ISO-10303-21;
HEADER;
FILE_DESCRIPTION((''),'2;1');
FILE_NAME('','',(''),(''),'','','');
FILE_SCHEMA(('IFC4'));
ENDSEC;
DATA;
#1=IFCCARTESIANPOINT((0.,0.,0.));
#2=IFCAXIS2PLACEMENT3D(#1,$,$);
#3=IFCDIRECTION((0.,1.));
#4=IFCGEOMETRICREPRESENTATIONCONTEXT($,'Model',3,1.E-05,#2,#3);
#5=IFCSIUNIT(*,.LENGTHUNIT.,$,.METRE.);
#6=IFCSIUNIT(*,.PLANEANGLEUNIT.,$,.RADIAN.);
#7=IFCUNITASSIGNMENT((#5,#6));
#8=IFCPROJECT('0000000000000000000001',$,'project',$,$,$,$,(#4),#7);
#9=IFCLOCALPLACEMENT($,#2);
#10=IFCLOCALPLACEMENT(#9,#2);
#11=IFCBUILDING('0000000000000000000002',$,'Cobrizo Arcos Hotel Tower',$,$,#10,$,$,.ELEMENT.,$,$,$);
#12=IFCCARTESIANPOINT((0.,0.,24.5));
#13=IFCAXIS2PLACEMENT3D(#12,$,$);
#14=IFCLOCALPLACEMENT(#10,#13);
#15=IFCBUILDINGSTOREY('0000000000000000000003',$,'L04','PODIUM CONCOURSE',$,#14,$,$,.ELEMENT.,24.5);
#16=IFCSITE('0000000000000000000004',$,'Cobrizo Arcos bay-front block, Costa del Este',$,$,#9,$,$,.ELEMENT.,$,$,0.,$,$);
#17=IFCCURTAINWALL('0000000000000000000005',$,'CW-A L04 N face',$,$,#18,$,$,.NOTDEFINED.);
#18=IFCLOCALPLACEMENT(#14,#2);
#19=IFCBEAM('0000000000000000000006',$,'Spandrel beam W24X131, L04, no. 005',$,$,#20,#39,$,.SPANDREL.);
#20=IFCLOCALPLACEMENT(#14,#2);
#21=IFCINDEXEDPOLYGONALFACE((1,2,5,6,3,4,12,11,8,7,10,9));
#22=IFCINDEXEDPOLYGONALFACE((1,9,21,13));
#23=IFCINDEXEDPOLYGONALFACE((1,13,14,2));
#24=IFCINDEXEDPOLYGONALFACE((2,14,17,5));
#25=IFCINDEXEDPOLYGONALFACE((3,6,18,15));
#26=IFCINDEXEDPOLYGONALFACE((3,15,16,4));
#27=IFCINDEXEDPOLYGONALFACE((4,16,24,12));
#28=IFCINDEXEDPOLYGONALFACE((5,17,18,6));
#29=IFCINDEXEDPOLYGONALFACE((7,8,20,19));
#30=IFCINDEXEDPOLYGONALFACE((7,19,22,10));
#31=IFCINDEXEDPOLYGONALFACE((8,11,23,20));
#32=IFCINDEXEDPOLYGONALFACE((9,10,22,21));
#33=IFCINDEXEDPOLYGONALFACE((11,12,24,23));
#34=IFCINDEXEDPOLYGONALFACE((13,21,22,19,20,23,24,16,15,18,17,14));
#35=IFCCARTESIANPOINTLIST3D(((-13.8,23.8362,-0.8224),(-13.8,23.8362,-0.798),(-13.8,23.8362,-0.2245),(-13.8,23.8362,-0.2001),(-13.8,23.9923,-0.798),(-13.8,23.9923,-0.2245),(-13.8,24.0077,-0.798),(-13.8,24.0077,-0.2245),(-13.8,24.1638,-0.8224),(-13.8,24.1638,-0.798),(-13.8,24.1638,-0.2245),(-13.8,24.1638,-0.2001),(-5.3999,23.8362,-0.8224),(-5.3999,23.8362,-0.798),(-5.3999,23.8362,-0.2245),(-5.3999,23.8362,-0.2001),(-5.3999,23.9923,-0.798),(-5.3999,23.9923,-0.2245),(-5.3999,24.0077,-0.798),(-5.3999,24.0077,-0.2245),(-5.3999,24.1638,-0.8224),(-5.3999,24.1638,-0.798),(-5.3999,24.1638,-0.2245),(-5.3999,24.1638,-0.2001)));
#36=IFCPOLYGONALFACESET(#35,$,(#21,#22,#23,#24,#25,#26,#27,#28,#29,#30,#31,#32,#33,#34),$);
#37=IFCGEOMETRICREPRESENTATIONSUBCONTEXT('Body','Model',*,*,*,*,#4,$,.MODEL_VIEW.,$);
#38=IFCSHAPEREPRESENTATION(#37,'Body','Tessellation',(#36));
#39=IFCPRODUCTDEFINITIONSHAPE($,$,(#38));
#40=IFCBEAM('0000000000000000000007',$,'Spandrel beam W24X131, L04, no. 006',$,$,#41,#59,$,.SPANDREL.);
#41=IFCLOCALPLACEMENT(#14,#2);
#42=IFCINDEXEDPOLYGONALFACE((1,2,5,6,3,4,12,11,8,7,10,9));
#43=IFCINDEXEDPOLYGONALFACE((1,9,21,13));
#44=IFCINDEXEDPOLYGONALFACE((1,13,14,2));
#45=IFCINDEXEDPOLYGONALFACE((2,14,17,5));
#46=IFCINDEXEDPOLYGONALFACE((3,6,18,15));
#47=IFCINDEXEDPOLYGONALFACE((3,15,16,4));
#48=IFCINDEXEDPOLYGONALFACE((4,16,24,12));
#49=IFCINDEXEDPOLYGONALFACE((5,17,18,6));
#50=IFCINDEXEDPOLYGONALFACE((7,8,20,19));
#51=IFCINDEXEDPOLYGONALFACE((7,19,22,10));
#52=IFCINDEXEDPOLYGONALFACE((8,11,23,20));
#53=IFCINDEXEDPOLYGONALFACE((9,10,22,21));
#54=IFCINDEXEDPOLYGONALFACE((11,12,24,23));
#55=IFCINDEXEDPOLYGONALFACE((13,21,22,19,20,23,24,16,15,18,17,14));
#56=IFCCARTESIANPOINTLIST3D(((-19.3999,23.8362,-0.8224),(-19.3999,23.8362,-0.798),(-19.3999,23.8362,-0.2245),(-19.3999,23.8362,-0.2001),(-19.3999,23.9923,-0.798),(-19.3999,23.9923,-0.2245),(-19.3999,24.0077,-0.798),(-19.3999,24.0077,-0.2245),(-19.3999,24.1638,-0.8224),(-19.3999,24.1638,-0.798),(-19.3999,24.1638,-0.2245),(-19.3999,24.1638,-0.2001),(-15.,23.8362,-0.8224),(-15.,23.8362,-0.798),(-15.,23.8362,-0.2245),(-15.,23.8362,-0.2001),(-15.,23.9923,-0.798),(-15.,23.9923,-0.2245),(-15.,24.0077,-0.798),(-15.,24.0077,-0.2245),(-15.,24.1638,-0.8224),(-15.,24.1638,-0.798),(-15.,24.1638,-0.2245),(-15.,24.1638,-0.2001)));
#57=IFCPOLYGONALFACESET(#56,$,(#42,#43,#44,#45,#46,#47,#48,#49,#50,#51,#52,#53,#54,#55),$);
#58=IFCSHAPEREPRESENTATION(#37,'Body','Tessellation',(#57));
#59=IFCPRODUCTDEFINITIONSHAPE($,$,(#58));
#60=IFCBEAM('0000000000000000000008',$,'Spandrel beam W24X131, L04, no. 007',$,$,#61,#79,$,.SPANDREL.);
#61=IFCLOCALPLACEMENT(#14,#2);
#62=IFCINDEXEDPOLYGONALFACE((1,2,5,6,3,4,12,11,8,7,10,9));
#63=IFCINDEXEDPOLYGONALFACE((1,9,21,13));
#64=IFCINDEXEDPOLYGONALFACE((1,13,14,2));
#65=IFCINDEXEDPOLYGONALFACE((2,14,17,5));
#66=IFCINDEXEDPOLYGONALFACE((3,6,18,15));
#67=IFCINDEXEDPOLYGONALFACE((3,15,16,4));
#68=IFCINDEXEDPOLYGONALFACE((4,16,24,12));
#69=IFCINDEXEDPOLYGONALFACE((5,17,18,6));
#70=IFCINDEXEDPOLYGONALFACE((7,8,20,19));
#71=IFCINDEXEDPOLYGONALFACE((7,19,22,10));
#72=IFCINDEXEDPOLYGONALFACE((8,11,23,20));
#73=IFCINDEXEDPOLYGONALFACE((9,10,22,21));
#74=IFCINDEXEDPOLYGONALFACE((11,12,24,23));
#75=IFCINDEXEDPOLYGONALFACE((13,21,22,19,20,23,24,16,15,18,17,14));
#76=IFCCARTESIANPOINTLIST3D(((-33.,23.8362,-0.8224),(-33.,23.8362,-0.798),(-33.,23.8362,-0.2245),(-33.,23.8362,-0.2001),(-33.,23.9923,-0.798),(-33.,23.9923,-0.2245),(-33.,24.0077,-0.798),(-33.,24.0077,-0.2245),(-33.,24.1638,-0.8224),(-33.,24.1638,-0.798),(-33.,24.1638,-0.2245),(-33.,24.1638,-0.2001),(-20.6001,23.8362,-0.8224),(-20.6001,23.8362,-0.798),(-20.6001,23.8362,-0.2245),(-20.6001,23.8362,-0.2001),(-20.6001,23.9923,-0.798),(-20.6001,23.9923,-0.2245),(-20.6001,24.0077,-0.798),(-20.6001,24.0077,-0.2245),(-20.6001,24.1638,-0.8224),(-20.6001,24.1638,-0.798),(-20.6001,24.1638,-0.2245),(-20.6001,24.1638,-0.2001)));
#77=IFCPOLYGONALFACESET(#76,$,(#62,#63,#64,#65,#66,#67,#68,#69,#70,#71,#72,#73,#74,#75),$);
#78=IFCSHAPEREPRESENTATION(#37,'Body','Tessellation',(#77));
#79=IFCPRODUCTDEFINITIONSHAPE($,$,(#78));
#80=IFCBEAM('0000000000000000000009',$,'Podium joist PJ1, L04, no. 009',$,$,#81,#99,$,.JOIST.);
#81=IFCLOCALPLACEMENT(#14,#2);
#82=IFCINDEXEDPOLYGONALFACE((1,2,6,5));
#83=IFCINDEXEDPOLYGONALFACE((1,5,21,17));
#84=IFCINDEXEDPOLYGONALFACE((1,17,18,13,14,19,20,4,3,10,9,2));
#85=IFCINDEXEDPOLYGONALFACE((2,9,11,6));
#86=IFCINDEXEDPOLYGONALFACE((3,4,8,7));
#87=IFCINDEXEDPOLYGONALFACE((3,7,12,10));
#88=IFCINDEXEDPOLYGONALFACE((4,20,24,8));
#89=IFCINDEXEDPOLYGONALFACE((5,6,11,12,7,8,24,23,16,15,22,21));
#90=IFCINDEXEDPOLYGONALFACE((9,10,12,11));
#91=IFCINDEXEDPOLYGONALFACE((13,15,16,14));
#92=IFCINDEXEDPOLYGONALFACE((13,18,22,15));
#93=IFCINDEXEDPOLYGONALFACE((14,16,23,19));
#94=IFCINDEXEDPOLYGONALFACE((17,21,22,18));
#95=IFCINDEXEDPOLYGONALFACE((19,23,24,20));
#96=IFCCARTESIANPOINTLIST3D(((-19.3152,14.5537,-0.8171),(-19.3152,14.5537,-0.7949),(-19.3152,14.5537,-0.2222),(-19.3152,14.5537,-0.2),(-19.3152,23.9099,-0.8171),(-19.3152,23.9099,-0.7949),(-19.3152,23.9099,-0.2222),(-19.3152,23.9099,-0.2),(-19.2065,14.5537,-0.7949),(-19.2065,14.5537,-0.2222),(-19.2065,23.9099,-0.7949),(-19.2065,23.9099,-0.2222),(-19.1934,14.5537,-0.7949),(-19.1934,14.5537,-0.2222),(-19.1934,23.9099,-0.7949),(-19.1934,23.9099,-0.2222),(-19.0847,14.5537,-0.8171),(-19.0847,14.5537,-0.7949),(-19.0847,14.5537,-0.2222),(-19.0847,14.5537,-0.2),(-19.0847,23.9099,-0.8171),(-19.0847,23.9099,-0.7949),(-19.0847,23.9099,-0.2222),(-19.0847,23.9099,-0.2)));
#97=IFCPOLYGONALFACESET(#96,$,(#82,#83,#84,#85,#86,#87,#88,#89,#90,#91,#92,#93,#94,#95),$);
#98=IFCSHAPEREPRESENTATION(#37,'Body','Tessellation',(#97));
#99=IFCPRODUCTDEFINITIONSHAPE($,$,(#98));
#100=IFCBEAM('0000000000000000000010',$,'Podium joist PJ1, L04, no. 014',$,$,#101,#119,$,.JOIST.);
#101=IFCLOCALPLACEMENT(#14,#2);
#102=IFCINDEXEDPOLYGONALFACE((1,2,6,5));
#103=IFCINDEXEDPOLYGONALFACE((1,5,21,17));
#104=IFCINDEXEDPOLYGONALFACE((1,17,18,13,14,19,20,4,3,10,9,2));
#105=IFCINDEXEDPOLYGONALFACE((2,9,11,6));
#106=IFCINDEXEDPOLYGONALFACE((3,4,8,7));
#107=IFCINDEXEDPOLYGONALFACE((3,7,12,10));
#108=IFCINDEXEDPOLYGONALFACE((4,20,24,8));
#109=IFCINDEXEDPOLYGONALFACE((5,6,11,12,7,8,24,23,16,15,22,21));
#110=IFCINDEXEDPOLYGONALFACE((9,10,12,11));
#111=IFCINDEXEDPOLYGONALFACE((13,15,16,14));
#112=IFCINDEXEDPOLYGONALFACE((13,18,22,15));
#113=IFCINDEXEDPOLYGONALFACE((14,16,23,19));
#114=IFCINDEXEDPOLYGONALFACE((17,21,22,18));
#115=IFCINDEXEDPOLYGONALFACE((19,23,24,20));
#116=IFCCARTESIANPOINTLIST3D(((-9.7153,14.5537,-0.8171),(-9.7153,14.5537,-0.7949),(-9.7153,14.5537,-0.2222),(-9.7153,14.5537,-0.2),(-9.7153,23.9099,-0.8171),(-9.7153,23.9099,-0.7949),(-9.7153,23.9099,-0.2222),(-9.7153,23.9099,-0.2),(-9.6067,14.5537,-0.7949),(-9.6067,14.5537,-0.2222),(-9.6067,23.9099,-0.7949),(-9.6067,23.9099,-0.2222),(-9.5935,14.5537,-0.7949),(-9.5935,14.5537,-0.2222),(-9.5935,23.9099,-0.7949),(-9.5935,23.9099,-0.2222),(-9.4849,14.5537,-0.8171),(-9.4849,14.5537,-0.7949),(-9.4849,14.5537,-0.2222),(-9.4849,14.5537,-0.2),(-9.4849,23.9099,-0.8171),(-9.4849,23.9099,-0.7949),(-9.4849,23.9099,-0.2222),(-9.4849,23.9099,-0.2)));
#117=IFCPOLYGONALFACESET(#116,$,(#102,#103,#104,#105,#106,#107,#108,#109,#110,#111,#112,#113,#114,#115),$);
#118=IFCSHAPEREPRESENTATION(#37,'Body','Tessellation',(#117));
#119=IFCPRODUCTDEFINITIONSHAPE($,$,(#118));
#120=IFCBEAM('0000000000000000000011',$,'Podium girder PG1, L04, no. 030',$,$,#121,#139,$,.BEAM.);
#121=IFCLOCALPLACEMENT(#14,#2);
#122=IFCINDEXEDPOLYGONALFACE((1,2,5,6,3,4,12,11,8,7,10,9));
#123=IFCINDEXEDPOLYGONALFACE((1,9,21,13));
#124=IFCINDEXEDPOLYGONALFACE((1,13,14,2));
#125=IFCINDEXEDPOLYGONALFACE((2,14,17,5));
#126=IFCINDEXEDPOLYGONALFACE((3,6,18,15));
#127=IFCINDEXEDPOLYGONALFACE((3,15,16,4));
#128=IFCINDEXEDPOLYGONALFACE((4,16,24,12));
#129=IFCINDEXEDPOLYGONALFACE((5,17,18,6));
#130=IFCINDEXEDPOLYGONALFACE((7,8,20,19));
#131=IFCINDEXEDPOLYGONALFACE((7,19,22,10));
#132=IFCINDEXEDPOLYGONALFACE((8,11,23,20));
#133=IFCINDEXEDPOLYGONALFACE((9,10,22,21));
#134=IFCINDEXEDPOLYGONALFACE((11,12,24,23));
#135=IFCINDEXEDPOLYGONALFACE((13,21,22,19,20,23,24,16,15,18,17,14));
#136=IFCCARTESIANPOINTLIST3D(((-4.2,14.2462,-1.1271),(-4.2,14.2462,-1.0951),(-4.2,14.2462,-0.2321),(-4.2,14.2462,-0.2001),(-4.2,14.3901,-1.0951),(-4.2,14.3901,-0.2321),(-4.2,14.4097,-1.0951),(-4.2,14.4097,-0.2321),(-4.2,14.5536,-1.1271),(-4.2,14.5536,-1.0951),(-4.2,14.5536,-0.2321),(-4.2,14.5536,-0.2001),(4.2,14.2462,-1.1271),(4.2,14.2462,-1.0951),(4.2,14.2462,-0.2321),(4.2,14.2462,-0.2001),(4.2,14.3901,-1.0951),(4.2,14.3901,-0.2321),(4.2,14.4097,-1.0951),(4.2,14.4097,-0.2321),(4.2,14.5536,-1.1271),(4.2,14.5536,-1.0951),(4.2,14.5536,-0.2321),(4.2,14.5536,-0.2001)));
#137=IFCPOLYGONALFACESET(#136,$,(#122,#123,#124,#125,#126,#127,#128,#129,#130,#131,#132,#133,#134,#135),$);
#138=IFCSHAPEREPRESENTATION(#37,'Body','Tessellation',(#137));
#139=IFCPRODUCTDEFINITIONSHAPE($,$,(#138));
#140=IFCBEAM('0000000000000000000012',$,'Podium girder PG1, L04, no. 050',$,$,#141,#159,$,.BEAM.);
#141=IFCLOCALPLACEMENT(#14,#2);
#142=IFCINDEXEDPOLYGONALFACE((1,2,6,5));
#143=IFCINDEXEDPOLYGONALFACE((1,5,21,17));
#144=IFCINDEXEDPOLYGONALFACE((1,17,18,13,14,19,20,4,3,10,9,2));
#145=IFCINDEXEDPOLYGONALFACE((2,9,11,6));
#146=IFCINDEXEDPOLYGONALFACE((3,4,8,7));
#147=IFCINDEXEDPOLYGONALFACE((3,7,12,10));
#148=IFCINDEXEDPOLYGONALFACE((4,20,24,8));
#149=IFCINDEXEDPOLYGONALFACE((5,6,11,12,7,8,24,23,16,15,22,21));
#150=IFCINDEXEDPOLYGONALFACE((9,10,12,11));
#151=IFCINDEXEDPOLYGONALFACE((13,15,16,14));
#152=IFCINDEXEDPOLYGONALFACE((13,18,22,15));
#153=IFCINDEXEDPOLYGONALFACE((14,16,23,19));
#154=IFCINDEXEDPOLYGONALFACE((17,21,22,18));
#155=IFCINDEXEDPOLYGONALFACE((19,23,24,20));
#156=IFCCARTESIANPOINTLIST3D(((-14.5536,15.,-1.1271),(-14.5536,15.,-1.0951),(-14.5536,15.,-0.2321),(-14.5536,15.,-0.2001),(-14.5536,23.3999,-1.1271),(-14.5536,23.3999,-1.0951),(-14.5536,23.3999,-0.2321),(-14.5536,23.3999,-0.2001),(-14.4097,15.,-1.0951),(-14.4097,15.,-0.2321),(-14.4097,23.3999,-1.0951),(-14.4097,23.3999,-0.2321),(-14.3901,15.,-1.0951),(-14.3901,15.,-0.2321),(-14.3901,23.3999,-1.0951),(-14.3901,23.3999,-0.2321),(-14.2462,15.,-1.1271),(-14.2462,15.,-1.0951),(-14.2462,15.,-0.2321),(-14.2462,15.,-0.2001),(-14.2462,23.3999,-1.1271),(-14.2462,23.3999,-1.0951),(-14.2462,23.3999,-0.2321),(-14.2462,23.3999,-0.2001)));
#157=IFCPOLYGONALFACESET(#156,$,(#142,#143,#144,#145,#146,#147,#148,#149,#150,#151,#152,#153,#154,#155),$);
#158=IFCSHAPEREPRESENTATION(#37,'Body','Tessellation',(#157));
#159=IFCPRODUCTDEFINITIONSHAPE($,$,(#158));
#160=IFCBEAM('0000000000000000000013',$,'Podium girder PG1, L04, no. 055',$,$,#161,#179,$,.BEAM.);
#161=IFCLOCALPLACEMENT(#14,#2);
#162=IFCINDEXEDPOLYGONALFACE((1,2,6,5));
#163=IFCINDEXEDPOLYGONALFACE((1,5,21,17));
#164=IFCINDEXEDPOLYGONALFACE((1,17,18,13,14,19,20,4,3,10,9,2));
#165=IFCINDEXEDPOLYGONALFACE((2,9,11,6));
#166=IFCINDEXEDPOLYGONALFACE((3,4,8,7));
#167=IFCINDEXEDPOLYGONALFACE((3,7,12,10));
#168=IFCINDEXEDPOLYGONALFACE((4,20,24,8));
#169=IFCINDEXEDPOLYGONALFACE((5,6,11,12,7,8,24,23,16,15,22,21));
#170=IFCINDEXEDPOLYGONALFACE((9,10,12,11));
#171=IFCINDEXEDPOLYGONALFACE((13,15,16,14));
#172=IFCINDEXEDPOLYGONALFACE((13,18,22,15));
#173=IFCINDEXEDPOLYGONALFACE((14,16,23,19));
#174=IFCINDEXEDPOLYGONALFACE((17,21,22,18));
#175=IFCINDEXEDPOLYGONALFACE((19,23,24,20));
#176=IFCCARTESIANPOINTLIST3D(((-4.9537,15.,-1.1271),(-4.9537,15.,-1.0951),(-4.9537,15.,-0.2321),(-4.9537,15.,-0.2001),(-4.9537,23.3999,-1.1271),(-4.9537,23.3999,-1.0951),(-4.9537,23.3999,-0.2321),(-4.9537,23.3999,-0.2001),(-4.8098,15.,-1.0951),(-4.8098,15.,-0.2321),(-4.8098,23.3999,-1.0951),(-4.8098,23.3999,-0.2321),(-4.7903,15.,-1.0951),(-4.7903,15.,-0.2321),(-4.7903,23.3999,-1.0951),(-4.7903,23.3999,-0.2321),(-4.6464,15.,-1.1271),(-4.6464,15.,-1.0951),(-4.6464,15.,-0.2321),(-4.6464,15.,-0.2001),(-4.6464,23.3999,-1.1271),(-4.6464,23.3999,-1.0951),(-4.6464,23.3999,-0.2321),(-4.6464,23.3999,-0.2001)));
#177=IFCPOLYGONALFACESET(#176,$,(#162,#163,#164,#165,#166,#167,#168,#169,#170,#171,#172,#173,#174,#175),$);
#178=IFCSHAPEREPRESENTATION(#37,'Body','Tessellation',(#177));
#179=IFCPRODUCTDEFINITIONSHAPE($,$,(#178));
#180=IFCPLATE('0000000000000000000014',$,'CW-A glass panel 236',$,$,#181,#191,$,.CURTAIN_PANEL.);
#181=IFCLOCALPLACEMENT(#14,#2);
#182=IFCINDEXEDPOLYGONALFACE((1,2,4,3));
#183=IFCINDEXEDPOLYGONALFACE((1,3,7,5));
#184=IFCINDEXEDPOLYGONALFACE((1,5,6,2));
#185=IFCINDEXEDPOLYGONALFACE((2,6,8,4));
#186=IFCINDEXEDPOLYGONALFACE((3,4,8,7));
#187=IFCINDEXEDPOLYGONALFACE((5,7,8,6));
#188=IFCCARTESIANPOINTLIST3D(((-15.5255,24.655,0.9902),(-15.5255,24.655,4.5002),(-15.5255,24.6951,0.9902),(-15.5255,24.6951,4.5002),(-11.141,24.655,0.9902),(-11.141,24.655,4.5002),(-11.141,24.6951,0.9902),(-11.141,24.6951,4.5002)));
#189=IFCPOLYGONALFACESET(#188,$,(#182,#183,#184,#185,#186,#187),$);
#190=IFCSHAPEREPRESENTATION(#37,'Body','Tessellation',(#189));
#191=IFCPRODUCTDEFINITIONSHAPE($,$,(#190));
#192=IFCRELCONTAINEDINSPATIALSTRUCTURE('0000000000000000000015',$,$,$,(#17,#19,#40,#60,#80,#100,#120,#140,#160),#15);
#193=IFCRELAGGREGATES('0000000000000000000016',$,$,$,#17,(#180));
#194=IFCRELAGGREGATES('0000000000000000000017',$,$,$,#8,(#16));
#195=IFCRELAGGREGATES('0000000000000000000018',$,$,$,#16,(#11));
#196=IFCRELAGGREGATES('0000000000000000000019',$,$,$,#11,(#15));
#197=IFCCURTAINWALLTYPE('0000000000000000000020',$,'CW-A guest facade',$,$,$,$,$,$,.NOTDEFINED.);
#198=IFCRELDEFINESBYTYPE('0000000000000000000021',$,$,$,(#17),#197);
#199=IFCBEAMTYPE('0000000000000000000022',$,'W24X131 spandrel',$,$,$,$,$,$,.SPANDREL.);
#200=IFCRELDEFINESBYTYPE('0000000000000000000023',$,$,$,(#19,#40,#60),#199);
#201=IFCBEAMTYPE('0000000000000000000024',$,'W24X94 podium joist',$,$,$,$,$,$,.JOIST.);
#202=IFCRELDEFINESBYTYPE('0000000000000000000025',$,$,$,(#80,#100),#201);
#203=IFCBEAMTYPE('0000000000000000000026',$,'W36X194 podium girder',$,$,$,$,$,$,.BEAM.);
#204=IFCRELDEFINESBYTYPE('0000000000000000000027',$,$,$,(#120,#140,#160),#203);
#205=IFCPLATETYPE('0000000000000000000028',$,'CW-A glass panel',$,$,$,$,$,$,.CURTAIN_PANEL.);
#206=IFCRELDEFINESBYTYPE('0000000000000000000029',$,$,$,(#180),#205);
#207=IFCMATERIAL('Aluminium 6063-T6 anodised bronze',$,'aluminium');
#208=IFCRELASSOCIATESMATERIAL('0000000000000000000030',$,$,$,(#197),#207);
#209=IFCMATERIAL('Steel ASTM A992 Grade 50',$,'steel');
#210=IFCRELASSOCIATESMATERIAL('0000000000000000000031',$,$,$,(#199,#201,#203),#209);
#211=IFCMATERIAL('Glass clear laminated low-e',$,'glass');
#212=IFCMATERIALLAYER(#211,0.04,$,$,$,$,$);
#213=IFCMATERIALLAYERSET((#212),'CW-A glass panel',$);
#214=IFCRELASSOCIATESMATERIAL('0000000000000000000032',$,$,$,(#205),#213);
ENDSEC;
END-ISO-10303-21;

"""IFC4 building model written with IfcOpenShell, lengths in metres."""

from ifc_helpers import new_model, si_unit, direction, frame, origin, origin_2d, place, context, subcontext, project, spatial, rectangle, i_section, extrude, material, layer, layer_set, material_profile, profile_set, type_object, element, aggregate, save


model = new_model("IFC4")

# Units and contexts
model_context = context("Model", 3, precision=1e-05, world=origin(), true_north=direction((0.0, 1.0)))
body_context = subcontext(model_context, "Body", "Model", "MODEL_VIEW")
ifc_project = project(units=[si_unit("LENGTHUNIT", "METRE"), si_unit("PLANEANGLEUNIT", "RADIAN")], contexts=[model_context])

# Site, building, storey
site_placement = place(None, origin())
site = spatial("IfcSite", under=ifc_project, at=site_placement, Name="Cobrizo Arcos bay-front block, Costa del Este", CompositionType="ELEMENT", RefElevation=0.0)
building_placement = place(site_placement, origin())
building = spatial("IfcBuilding", under=site, at=building_placement, Name="Cobrizo Arcos Hotel Tower", CompositionType="ELEMENT")
storey_placement = place(building_placement, frame((0.0, 0.0, 24.5)))
storey = spatial("IfcBuildingStorey", under=building, at=storey_placement, Name="L04", Description="PODIUM CONCOURSE", CompositionType="ELEMENT", Elevation=24.5)

# Curtain wall
ifc_material_1 = material(Name="Aluminium 6063-T6 anodised bronze", Category="aluminium")
curtain_wall_type = type_object("IfcCurtainWallType", Name="CW-A guest facade", PredefinedType="NOTDEFINED", material=ifc_material_1)
curtain_wall_placement = place(storey_placement, origin())
curtain_wall = element("IfcCurtainWall", 1, at=curtain_wall_placement, inside=storey, type_object=curtain_wall_type, Name="CW-A L04 N face", PredefinedType="NOTDEFINED")

# Beams
ifc_material_2 = material(Name="Steel ASTM A992 Grade 50", Category="steel")
ifc_material_profile_1 = material_profile(ifc_material_2, i_section(OverallWidth=0.3276, OverallDepth=0.6223, WebThickness=0.0154, FlangeThickness=0.0244, at=origin_2d()), Name="W24X131")
ifc_profile_set_1 = profile_set([ifc_material_profile_1], Name="Steel ASTM A992 Grade 50")
beam_type_1 = type_object("IfcBeamType", Name="W24X131 spandrel", PredefinedType="SPANDREL", material=ifc_profile_set_1)
beam_1_placement = place(storey_placement, frame((-5.3999, 24.0, -0.5112), z_axis=(-1.0, 0.0, 0.0), x_axis=(0.0, -1.0, 0.0)))
element("IfcBeam", 2, at=beam_1_placement, inside=storey, type_object=beam_type_1, Name="Spandrel beam W24X131, L04, no. 005", PredefinedType="SPANDREL", context=body_context, shape_type="SweptSolid", body=[
    extrude(i_section(OverallWidth=0.3276, OverallDepth=0.6223, WebThickness=0.0154, FlangeThickness=0.0244, at=origin_2d()), origin(), (0.0, 0.0, 1.0), 8.4001),
])
beam_2_placement = place(storey_placement, frame((-15.0, 24.0, -0.5112), z_axis=(-1.0, 0.0, 0.0), x_axis=(0.0, -1.0, 0.0)))
element("IfcBeam", 3, at=beam_2_placement, inside=storey, type_object=beam_type_1, Name="Spandrel beam W24X131, L04, no. 006", PredefinedType="SPANDREL", context=body_context, shape_type="SweptSolid", body=[
    extrude(i_section(OverallWidth=0.3276, OverallDepth=0.6223, WebThickness=0.0154, FlangeThickness=0.0244, at=origin_2d()), origin(), (0.0, 0.0, 1.0), 4.3999),
])
beam_3_placement = place(storey_placement, frame((-20.6001, 24.0, -0.5112), z_axis=(-1.0, 0.0, 0.0), x_axis=(0.0, -1.0, 0.0)))
element("IfcBeam", 4, at=beam_3_placement, inside=storey, type_object=beam_type_1, Name="Spandrel beam W24X131, L04, no. 007", PredefinedType="SPANDREL", context=body_context, shape_type="SweptSolid", body=[
    extrude(i_section(OverallWidth=0.3276, OverallDepth=0.6223, WebThickness=0.0154, FlangeThickness=0.0244, at=origin_2d()), origin(), (0.0, 0.0, 1.0), 12.3999),
])
ifc_material_profile_2 = material_profile(ifc_material_2, i_section(OverallWidth=0.2305, OverallDepth=0.6172, WebThickness=0.0132, FlangeThickness=0.0222, at=origin_2d()), Name="W24X94")
ifc_profile_set_2 = profile_set([ifc_material_profile_2], Name="Steel ASTM A992 Grade 50")
beam_type_2 = type_object("IfcBeamType", Name="W24X94 podium joist", PredefinedType="JOIST", material=ifc_profile_set_2)
for number, where, z_axis, x_axis, name in (
    (5, (-19.2, 14.5537, -0.5085), (0.0, 1.0, 0.0), (-1.0, 0.0, 0.0), "Podium joist PJ1, L04, no. 009"),
    (6, (-9.6001, 14.5537, -0.5085), (0.0, 1.0, 0.0), (-1.0, 0.0, 0.0), "Podium joist PJ1, L04, no. 014"),
):
    element("IfcBeam", number, at=place(storey_placement, frame(where, z_axis=z_axis, x_axis=x_axis)), inside=storey, type_object=beam_type_2, Name=name, PredefinedType="JOIST", context=body_context, shape_type="SweptSolid", body=[
        extrude(i_section(OverallWidth=0.2305, OverallDepth=0.6172, WebThickness=0.0132, FlangeThickness=0.0222, at=origin_2d()), origin(), (0.0, 0.0, 1.0), 9.3562),
    ])
ifc_material_profile_3 = material_profile(ifc_material_2, i_section(OverallWidth=0.3074, OverallDepth=0.927, WebThickness=0.0195, FlangeThickness=0.032, at=origin_2d()), Name="W36X194")
ifc_profile_set_3 = profile_set([ifc_material_profile_3], Name="Steel ASTM A992 Grade 50")
beam_type_3 = type_object("IfcBeamType", Name="W36X194 podium girder", PredefinedType="BEAM", material=ifc_profile_set_3)
for number, where, z_axis, x_axis, name in (
    (7, (-4.2, 14.3999, -0.6636), (1.0, 0.0, 0.0), (0.0, 1.0, 0.0), "Podium girder PG1, L04, no. 030"),
    (8, (-14.3999, 15.0, -0.6636), (0.0, 1.0, 0.0), (-1.0, 0.0, 0.0), "Podium girder PG1, L04, no. 050"),
    (9, (-4.8, 15.0, -0.6636), (0.0, 1.0, 0.0), (-1.0, 0.0, 0.0), "Podium girder PG1, L04, no. 055"),
):
    element("IfcBeam", number, at=place(storey_placement, frame(where, z_axis=z_axis, x_axis=x_axis)), inside=storey, type_object=beam_type_3, Name=name, PredefinedType="BEAM", context=body_context, shape_type="SweptSolid", body=[
        extrude(i_section(OverallWidth=0.3074, OverallDepth=0.927, WebThickness=0.0195, FlangeThickness=0.032, at=origin_2d()), origin(), (0.0, 0.0, 1.0), 8.3999),
    ])

# Plate
ifc_material_3 = material(Name="Glass clear laminated low-e", Category="glass")
ifc_layer_1 = layer(ifc_material_3, 0.04)
ifc_layer_set_1 = layer_set([ifc_layer_1], Name="CW-A glass panel")
plate_type_1 = type_object("IfcPlateType", Name="CW-A glass panel", PredefinedType="CURTAIN_PANEL", material=ifc_layer_set_1)
plate_1_placement = place(storey_placement, frame((-13.3333, 24.675, 0.9902), z_axis=(0.0, 0.0, 1.0), x_axis=(-1.0, 0.0, 0.0)))
plate_1 = element("IfcPlate", 10, at=plate_1_placement, type_object=plate_type_1, Name="CW-A glass panel 236", PredefinedType="CURTAIN_PANEL", context=body_context, shape_type="SweptSolid", body=[
    extrude(rectangle(XDim=4.3845, YDim=0.04, at=origin_2d()), origin(), (0.0, 0.0, 1.0), 3.51),
])
aggregate(curtain_wall, [plate_1])

save(model, "model.ifc")
